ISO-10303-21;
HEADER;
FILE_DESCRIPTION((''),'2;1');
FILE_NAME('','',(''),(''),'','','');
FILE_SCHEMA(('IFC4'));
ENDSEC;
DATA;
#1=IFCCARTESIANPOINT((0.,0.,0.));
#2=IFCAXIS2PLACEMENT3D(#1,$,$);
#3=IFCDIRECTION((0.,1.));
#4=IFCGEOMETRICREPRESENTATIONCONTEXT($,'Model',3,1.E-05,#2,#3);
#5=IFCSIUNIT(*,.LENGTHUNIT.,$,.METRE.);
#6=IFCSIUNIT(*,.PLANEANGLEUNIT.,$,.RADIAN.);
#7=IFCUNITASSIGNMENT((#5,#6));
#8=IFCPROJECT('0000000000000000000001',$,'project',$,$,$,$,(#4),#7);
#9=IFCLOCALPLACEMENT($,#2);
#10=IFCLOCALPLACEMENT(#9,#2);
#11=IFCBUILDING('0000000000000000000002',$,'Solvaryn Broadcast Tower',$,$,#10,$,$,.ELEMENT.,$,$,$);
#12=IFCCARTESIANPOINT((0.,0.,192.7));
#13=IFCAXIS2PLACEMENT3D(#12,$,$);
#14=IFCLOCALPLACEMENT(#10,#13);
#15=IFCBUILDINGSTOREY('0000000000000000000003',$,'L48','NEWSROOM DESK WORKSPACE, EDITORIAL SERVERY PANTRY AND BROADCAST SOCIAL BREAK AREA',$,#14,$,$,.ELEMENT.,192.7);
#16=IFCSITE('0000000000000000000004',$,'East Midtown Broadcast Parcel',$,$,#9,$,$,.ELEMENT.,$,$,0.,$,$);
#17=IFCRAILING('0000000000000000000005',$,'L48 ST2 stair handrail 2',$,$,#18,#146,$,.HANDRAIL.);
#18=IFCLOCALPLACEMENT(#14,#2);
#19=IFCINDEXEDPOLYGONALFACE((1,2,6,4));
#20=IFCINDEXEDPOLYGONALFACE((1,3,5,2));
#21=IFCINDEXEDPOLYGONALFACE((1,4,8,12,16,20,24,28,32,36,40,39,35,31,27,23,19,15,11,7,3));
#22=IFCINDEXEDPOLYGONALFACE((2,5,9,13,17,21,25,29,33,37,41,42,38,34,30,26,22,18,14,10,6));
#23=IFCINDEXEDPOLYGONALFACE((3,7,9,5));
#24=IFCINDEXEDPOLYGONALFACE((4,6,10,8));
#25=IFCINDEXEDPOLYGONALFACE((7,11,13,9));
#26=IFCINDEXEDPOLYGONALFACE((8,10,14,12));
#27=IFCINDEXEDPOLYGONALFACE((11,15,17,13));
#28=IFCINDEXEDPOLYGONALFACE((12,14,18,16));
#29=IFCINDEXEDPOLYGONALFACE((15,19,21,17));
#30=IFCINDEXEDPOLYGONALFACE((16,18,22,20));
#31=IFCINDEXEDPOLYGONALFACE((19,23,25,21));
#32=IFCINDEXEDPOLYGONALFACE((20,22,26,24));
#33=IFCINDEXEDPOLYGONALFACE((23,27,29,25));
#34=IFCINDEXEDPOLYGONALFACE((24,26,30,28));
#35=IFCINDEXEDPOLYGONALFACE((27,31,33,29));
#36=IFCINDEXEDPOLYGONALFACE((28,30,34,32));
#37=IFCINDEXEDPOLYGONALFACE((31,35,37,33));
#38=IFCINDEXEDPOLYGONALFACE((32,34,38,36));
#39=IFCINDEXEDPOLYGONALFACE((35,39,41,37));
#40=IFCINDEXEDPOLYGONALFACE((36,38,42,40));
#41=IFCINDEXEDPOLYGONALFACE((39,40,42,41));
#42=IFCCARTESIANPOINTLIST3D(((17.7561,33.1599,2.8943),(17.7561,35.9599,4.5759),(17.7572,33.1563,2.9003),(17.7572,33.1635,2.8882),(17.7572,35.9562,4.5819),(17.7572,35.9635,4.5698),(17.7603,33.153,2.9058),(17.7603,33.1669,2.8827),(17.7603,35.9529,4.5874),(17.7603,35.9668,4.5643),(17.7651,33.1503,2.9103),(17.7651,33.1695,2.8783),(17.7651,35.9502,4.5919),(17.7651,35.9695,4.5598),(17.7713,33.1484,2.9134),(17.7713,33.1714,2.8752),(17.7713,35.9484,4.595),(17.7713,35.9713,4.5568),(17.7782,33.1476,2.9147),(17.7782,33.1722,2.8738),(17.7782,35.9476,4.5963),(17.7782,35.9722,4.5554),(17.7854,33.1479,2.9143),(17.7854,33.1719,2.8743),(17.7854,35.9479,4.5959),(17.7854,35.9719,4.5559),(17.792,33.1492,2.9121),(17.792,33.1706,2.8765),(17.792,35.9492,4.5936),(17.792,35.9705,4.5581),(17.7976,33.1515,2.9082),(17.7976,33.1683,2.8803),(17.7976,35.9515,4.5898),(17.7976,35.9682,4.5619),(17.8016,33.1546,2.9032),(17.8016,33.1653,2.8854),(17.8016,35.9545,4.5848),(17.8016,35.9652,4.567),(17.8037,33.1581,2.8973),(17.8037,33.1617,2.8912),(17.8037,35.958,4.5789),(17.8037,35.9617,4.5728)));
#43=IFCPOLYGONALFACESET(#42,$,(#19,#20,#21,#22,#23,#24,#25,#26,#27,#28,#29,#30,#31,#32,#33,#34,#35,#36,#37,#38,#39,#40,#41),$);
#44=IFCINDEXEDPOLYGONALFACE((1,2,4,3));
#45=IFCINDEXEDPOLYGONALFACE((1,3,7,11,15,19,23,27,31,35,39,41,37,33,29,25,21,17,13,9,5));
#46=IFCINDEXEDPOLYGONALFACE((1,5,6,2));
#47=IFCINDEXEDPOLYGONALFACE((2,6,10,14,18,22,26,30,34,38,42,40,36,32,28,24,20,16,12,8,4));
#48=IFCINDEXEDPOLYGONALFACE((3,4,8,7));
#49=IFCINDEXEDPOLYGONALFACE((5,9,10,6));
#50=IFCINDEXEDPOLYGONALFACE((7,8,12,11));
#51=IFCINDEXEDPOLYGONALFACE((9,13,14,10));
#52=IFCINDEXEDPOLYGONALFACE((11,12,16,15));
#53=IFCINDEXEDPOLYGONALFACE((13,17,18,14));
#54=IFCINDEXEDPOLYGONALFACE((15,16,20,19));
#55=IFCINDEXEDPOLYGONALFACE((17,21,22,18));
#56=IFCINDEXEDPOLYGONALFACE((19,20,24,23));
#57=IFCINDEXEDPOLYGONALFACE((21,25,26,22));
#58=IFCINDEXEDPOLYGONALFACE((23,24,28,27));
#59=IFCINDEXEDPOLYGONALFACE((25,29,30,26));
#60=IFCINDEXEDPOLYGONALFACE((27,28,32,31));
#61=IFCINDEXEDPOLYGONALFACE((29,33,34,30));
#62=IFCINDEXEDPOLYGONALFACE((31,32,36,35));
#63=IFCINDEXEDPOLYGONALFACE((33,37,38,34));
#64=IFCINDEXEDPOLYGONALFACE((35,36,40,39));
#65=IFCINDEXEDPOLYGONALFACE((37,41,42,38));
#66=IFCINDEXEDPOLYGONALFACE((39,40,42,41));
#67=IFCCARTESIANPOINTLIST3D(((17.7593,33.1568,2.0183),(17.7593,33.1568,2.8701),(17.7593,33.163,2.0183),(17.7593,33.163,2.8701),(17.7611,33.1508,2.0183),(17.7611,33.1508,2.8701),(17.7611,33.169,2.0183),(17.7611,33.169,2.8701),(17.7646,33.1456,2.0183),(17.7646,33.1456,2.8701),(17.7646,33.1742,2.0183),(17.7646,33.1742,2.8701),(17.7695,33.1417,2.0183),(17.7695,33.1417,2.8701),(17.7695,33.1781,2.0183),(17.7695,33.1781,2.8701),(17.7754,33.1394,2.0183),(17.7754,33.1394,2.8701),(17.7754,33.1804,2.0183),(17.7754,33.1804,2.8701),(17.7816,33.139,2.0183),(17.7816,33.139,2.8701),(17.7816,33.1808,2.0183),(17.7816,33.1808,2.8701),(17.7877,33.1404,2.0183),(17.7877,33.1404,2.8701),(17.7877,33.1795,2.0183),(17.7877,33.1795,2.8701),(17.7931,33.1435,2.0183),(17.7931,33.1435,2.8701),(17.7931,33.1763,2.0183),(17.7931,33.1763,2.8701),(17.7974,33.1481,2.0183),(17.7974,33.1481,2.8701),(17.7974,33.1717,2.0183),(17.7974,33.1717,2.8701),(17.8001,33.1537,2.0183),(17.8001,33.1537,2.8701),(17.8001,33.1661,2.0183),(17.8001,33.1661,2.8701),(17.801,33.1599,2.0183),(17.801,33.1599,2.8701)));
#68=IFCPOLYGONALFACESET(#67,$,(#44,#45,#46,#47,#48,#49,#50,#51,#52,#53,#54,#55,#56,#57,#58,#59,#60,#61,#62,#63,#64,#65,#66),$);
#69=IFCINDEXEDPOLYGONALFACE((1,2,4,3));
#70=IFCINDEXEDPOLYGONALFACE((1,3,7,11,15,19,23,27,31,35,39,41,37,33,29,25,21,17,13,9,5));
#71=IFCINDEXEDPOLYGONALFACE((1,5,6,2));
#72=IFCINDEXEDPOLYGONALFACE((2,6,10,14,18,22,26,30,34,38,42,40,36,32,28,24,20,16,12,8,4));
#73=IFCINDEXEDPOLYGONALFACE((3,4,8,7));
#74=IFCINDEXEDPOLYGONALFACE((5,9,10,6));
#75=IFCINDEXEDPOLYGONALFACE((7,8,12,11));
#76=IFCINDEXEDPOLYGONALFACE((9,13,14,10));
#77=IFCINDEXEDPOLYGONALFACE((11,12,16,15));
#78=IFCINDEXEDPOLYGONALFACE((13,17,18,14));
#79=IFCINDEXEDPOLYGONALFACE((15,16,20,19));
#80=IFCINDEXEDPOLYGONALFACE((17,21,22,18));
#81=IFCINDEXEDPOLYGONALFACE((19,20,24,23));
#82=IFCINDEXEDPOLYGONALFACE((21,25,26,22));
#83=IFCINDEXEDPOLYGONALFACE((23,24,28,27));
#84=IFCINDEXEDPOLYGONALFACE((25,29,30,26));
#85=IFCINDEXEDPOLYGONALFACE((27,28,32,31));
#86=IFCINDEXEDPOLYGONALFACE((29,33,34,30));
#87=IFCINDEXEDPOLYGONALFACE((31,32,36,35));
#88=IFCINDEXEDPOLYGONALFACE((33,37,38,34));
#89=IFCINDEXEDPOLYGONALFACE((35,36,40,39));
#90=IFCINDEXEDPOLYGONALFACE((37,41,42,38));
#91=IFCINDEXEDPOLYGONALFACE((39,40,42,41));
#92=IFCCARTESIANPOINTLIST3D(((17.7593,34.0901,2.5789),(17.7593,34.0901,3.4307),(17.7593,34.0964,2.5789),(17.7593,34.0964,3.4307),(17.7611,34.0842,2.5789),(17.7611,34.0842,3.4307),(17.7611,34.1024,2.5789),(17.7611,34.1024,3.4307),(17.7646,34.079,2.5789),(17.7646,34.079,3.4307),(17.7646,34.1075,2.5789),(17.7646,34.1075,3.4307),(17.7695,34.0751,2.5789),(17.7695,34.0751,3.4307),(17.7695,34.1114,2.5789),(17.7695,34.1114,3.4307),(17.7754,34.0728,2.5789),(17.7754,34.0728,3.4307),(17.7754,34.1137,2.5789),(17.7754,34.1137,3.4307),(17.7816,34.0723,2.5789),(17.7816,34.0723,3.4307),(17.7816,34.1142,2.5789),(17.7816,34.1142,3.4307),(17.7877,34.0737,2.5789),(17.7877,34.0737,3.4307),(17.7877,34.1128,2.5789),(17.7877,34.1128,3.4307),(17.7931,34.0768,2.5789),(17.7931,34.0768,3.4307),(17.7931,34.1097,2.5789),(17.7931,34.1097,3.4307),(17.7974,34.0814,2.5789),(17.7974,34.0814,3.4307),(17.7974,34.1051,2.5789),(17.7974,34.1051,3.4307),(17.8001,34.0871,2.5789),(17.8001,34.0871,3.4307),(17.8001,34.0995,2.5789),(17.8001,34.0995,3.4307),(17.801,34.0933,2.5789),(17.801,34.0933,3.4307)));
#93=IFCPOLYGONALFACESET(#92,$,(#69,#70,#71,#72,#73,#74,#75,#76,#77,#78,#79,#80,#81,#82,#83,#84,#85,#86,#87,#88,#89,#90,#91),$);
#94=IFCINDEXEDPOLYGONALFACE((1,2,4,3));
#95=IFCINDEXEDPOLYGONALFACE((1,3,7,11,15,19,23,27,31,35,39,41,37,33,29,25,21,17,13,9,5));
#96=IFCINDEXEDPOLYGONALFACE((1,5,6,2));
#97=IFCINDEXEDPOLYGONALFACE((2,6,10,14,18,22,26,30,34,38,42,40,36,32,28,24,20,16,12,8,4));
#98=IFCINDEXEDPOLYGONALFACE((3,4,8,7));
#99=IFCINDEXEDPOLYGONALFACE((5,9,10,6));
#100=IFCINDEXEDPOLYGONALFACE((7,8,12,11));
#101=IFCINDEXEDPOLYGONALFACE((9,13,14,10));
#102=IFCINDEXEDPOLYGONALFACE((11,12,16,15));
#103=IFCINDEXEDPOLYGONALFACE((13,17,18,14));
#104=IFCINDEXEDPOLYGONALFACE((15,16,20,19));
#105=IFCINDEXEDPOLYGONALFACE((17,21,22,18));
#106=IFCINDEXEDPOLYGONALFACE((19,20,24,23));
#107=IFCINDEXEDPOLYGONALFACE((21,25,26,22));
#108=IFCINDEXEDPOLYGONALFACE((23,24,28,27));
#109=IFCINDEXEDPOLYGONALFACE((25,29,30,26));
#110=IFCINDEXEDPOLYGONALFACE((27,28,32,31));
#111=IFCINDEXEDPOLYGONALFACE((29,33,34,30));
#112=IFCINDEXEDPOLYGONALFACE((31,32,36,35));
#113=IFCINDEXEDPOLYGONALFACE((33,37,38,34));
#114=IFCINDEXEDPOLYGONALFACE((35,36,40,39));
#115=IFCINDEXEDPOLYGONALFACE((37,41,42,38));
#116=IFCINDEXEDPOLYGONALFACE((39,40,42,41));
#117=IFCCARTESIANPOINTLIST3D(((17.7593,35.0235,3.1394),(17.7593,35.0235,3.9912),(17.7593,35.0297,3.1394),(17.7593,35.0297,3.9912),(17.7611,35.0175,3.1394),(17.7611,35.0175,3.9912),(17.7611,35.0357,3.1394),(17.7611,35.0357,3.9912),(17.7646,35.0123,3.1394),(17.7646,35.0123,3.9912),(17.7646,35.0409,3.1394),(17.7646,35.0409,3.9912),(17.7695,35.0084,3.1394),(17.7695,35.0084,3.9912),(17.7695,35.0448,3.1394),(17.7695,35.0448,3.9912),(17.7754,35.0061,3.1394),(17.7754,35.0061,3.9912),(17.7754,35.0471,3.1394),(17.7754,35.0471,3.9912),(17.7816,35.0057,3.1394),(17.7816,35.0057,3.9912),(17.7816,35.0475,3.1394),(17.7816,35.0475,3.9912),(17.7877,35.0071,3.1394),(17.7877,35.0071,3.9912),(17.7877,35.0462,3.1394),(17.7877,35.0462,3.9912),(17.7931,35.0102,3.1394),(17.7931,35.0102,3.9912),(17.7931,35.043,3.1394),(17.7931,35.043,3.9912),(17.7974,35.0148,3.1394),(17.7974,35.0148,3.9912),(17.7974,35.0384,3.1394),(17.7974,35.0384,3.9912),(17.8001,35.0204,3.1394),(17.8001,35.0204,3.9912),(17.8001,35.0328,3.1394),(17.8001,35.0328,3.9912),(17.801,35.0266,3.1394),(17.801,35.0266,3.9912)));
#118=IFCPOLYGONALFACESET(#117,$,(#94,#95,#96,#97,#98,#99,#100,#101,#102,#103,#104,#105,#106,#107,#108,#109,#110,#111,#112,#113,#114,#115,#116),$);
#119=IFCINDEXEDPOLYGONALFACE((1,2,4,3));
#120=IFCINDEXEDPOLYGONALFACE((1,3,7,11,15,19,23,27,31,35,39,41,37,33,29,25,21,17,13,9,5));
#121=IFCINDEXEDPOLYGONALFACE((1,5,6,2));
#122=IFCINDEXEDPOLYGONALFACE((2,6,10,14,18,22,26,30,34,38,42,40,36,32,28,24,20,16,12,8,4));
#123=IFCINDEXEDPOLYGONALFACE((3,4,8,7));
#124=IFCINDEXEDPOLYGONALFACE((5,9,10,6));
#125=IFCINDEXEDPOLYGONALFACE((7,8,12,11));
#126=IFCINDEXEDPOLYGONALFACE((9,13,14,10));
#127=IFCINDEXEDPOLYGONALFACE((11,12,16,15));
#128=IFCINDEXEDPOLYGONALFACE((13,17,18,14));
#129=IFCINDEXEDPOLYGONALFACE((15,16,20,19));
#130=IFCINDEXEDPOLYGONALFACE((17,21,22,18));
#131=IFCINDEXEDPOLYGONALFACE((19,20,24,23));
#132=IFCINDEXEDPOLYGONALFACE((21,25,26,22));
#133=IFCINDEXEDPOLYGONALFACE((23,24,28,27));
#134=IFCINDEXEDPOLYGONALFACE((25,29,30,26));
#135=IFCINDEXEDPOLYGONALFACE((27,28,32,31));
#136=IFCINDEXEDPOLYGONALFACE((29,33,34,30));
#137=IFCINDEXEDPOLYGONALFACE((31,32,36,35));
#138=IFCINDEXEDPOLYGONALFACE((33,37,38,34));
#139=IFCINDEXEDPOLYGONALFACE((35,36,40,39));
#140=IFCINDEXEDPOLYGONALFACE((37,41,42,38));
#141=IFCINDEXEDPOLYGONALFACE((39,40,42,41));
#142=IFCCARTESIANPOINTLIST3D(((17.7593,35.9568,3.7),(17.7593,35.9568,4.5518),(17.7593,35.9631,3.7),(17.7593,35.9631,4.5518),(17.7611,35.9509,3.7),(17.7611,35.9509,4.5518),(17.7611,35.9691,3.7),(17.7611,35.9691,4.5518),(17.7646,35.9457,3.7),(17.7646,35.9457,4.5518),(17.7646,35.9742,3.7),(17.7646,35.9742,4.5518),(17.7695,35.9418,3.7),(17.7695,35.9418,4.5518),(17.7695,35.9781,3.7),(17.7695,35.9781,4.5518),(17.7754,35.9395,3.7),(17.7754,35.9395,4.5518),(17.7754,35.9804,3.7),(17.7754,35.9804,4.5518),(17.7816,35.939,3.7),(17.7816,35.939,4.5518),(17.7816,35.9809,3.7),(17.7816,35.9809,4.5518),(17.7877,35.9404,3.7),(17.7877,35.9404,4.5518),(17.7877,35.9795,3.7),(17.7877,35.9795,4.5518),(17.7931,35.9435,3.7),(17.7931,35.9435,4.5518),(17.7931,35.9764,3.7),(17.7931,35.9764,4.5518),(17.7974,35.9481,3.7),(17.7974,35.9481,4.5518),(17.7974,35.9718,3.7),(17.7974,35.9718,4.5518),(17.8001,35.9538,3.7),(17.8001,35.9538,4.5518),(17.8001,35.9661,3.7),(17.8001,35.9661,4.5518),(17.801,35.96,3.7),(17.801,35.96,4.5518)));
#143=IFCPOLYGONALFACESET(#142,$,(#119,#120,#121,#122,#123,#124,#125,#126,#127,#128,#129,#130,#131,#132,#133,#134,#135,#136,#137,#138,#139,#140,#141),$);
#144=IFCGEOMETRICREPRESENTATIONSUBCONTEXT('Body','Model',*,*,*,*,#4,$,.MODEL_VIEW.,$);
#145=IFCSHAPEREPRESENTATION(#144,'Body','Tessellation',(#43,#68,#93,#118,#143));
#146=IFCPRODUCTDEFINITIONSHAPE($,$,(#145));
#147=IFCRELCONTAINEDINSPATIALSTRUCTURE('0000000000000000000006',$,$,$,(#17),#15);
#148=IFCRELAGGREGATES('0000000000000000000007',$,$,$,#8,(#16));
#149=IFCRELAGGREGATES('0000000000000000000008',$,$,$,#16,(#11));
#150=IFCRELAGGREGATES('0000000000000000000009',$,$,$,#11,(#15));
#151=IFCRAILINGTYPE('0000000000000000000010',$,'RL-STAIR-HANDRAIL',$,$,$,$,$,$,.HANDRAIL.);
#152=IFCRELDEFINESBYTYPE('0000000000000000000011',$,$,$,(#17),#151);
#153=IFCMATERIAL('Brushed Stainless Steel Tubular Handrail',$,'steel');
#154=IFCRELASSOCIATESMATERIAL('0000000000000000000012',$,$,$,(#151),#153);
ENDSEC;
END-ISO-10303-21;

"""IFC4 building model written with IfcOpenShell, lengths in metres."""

from ifc_helpers import new_model, si_unit, direction, frame, origin, origin_2d, place, context, subcontext, project, spatial, circle, extrude, material, type_object, element, save


model = new_model("IFC4")

# Units and contexts
model_context = context("Model", 3, precision=1e-05, world=origin(), true_north=direction((0.0, 1.0)))
body_context = subcontext(model_context, "Body", "Model", "MODEL_VIEW")
ifc_project = project(units=[si_unit("LENGTHUNIT", "METRE"), si_unit("PLANEANGLEUNIT", "RADIAN")], contexts=[model_context])

# Site, building, storey
site_placement = place(None, origin())
site = spatial("IfcSite", under=ifc_project, at=site_placement, Name="East Midtown Broadcast Parcel", CompositionType="ELEMENT", RefElevation=0.0)
building_placement = place(site_placement, origin())
building = spatial("IfcBuilding", under=site, at=building_placement, Name="Solvaryn Broadcast Tower", CompositionType="ELEMENT")
storey_placement = place(building_placement, frame((0.0, 0.0, 192.7)))
storey = spatial("IfcBuildingStorey", under=building, at=storey_placement, Name="L48", Description="NEWSROOM DESK WORKSPACE, EDITORIAL SERVERY PANTRY AND BROADCAST SOCIAL BREAK AREA", CompositionType="ELEMENT", Elevation=192.7)

# Railing
ifc_material_1 = material(Name="Brushed Stainless Steel Tubular Handrail", Category="steel")
railing_type_1 = type_object("IfcRailingType", Name="RL-STAIR-HANDRAIL", PredefinedType="HANDRAIL", material=ifc_material_1)
railing_1_placement = place(storey_placement, frame((17.78, 33.1599, 2.0183)))
element("IfcRailing", 1, at=railing_1_placement, inside=storey, type_object=railing_type_1, Name="L48 ST2 stair handrail 2", PredefinedType="HANDRAIL", context=body_context, shape_type="SweptSolid", body=[
    extrude(circle(Radius=0.0239, at=origin_2d()), frame((0.0, 0.0, 0.876), z_axis=(0.0, 0.857275, 0.514858), x_axis=(-1.0, 0.0, 0.0)), (0.0, 0.0, 1.0), 3.2661),
    extrude(circle(Radius=0.021, at=origin_2d()), origin(), (0.0, 0.0, 1.0), 0.8518),
    extrude(circle(Radius=0.021, at=origin_2d()), frame((0.0, 0.9333, 0.5605)), (0.0, 0.0, 1.0), 0.8518),
    extrude(circle(Radius=0.021, at=origin_2d()), frame((0.0, 1.8667, 1.1211)), (0.0, 0.0, 1.0), 0.8518),
    extrude(circle(Radius=0.021, at=origin_2d()), frame((0.0, 2.8, 1.6816)), (0.0, 0.0, 1.0), 0.8518),
])

save(model, "model.ifc")
